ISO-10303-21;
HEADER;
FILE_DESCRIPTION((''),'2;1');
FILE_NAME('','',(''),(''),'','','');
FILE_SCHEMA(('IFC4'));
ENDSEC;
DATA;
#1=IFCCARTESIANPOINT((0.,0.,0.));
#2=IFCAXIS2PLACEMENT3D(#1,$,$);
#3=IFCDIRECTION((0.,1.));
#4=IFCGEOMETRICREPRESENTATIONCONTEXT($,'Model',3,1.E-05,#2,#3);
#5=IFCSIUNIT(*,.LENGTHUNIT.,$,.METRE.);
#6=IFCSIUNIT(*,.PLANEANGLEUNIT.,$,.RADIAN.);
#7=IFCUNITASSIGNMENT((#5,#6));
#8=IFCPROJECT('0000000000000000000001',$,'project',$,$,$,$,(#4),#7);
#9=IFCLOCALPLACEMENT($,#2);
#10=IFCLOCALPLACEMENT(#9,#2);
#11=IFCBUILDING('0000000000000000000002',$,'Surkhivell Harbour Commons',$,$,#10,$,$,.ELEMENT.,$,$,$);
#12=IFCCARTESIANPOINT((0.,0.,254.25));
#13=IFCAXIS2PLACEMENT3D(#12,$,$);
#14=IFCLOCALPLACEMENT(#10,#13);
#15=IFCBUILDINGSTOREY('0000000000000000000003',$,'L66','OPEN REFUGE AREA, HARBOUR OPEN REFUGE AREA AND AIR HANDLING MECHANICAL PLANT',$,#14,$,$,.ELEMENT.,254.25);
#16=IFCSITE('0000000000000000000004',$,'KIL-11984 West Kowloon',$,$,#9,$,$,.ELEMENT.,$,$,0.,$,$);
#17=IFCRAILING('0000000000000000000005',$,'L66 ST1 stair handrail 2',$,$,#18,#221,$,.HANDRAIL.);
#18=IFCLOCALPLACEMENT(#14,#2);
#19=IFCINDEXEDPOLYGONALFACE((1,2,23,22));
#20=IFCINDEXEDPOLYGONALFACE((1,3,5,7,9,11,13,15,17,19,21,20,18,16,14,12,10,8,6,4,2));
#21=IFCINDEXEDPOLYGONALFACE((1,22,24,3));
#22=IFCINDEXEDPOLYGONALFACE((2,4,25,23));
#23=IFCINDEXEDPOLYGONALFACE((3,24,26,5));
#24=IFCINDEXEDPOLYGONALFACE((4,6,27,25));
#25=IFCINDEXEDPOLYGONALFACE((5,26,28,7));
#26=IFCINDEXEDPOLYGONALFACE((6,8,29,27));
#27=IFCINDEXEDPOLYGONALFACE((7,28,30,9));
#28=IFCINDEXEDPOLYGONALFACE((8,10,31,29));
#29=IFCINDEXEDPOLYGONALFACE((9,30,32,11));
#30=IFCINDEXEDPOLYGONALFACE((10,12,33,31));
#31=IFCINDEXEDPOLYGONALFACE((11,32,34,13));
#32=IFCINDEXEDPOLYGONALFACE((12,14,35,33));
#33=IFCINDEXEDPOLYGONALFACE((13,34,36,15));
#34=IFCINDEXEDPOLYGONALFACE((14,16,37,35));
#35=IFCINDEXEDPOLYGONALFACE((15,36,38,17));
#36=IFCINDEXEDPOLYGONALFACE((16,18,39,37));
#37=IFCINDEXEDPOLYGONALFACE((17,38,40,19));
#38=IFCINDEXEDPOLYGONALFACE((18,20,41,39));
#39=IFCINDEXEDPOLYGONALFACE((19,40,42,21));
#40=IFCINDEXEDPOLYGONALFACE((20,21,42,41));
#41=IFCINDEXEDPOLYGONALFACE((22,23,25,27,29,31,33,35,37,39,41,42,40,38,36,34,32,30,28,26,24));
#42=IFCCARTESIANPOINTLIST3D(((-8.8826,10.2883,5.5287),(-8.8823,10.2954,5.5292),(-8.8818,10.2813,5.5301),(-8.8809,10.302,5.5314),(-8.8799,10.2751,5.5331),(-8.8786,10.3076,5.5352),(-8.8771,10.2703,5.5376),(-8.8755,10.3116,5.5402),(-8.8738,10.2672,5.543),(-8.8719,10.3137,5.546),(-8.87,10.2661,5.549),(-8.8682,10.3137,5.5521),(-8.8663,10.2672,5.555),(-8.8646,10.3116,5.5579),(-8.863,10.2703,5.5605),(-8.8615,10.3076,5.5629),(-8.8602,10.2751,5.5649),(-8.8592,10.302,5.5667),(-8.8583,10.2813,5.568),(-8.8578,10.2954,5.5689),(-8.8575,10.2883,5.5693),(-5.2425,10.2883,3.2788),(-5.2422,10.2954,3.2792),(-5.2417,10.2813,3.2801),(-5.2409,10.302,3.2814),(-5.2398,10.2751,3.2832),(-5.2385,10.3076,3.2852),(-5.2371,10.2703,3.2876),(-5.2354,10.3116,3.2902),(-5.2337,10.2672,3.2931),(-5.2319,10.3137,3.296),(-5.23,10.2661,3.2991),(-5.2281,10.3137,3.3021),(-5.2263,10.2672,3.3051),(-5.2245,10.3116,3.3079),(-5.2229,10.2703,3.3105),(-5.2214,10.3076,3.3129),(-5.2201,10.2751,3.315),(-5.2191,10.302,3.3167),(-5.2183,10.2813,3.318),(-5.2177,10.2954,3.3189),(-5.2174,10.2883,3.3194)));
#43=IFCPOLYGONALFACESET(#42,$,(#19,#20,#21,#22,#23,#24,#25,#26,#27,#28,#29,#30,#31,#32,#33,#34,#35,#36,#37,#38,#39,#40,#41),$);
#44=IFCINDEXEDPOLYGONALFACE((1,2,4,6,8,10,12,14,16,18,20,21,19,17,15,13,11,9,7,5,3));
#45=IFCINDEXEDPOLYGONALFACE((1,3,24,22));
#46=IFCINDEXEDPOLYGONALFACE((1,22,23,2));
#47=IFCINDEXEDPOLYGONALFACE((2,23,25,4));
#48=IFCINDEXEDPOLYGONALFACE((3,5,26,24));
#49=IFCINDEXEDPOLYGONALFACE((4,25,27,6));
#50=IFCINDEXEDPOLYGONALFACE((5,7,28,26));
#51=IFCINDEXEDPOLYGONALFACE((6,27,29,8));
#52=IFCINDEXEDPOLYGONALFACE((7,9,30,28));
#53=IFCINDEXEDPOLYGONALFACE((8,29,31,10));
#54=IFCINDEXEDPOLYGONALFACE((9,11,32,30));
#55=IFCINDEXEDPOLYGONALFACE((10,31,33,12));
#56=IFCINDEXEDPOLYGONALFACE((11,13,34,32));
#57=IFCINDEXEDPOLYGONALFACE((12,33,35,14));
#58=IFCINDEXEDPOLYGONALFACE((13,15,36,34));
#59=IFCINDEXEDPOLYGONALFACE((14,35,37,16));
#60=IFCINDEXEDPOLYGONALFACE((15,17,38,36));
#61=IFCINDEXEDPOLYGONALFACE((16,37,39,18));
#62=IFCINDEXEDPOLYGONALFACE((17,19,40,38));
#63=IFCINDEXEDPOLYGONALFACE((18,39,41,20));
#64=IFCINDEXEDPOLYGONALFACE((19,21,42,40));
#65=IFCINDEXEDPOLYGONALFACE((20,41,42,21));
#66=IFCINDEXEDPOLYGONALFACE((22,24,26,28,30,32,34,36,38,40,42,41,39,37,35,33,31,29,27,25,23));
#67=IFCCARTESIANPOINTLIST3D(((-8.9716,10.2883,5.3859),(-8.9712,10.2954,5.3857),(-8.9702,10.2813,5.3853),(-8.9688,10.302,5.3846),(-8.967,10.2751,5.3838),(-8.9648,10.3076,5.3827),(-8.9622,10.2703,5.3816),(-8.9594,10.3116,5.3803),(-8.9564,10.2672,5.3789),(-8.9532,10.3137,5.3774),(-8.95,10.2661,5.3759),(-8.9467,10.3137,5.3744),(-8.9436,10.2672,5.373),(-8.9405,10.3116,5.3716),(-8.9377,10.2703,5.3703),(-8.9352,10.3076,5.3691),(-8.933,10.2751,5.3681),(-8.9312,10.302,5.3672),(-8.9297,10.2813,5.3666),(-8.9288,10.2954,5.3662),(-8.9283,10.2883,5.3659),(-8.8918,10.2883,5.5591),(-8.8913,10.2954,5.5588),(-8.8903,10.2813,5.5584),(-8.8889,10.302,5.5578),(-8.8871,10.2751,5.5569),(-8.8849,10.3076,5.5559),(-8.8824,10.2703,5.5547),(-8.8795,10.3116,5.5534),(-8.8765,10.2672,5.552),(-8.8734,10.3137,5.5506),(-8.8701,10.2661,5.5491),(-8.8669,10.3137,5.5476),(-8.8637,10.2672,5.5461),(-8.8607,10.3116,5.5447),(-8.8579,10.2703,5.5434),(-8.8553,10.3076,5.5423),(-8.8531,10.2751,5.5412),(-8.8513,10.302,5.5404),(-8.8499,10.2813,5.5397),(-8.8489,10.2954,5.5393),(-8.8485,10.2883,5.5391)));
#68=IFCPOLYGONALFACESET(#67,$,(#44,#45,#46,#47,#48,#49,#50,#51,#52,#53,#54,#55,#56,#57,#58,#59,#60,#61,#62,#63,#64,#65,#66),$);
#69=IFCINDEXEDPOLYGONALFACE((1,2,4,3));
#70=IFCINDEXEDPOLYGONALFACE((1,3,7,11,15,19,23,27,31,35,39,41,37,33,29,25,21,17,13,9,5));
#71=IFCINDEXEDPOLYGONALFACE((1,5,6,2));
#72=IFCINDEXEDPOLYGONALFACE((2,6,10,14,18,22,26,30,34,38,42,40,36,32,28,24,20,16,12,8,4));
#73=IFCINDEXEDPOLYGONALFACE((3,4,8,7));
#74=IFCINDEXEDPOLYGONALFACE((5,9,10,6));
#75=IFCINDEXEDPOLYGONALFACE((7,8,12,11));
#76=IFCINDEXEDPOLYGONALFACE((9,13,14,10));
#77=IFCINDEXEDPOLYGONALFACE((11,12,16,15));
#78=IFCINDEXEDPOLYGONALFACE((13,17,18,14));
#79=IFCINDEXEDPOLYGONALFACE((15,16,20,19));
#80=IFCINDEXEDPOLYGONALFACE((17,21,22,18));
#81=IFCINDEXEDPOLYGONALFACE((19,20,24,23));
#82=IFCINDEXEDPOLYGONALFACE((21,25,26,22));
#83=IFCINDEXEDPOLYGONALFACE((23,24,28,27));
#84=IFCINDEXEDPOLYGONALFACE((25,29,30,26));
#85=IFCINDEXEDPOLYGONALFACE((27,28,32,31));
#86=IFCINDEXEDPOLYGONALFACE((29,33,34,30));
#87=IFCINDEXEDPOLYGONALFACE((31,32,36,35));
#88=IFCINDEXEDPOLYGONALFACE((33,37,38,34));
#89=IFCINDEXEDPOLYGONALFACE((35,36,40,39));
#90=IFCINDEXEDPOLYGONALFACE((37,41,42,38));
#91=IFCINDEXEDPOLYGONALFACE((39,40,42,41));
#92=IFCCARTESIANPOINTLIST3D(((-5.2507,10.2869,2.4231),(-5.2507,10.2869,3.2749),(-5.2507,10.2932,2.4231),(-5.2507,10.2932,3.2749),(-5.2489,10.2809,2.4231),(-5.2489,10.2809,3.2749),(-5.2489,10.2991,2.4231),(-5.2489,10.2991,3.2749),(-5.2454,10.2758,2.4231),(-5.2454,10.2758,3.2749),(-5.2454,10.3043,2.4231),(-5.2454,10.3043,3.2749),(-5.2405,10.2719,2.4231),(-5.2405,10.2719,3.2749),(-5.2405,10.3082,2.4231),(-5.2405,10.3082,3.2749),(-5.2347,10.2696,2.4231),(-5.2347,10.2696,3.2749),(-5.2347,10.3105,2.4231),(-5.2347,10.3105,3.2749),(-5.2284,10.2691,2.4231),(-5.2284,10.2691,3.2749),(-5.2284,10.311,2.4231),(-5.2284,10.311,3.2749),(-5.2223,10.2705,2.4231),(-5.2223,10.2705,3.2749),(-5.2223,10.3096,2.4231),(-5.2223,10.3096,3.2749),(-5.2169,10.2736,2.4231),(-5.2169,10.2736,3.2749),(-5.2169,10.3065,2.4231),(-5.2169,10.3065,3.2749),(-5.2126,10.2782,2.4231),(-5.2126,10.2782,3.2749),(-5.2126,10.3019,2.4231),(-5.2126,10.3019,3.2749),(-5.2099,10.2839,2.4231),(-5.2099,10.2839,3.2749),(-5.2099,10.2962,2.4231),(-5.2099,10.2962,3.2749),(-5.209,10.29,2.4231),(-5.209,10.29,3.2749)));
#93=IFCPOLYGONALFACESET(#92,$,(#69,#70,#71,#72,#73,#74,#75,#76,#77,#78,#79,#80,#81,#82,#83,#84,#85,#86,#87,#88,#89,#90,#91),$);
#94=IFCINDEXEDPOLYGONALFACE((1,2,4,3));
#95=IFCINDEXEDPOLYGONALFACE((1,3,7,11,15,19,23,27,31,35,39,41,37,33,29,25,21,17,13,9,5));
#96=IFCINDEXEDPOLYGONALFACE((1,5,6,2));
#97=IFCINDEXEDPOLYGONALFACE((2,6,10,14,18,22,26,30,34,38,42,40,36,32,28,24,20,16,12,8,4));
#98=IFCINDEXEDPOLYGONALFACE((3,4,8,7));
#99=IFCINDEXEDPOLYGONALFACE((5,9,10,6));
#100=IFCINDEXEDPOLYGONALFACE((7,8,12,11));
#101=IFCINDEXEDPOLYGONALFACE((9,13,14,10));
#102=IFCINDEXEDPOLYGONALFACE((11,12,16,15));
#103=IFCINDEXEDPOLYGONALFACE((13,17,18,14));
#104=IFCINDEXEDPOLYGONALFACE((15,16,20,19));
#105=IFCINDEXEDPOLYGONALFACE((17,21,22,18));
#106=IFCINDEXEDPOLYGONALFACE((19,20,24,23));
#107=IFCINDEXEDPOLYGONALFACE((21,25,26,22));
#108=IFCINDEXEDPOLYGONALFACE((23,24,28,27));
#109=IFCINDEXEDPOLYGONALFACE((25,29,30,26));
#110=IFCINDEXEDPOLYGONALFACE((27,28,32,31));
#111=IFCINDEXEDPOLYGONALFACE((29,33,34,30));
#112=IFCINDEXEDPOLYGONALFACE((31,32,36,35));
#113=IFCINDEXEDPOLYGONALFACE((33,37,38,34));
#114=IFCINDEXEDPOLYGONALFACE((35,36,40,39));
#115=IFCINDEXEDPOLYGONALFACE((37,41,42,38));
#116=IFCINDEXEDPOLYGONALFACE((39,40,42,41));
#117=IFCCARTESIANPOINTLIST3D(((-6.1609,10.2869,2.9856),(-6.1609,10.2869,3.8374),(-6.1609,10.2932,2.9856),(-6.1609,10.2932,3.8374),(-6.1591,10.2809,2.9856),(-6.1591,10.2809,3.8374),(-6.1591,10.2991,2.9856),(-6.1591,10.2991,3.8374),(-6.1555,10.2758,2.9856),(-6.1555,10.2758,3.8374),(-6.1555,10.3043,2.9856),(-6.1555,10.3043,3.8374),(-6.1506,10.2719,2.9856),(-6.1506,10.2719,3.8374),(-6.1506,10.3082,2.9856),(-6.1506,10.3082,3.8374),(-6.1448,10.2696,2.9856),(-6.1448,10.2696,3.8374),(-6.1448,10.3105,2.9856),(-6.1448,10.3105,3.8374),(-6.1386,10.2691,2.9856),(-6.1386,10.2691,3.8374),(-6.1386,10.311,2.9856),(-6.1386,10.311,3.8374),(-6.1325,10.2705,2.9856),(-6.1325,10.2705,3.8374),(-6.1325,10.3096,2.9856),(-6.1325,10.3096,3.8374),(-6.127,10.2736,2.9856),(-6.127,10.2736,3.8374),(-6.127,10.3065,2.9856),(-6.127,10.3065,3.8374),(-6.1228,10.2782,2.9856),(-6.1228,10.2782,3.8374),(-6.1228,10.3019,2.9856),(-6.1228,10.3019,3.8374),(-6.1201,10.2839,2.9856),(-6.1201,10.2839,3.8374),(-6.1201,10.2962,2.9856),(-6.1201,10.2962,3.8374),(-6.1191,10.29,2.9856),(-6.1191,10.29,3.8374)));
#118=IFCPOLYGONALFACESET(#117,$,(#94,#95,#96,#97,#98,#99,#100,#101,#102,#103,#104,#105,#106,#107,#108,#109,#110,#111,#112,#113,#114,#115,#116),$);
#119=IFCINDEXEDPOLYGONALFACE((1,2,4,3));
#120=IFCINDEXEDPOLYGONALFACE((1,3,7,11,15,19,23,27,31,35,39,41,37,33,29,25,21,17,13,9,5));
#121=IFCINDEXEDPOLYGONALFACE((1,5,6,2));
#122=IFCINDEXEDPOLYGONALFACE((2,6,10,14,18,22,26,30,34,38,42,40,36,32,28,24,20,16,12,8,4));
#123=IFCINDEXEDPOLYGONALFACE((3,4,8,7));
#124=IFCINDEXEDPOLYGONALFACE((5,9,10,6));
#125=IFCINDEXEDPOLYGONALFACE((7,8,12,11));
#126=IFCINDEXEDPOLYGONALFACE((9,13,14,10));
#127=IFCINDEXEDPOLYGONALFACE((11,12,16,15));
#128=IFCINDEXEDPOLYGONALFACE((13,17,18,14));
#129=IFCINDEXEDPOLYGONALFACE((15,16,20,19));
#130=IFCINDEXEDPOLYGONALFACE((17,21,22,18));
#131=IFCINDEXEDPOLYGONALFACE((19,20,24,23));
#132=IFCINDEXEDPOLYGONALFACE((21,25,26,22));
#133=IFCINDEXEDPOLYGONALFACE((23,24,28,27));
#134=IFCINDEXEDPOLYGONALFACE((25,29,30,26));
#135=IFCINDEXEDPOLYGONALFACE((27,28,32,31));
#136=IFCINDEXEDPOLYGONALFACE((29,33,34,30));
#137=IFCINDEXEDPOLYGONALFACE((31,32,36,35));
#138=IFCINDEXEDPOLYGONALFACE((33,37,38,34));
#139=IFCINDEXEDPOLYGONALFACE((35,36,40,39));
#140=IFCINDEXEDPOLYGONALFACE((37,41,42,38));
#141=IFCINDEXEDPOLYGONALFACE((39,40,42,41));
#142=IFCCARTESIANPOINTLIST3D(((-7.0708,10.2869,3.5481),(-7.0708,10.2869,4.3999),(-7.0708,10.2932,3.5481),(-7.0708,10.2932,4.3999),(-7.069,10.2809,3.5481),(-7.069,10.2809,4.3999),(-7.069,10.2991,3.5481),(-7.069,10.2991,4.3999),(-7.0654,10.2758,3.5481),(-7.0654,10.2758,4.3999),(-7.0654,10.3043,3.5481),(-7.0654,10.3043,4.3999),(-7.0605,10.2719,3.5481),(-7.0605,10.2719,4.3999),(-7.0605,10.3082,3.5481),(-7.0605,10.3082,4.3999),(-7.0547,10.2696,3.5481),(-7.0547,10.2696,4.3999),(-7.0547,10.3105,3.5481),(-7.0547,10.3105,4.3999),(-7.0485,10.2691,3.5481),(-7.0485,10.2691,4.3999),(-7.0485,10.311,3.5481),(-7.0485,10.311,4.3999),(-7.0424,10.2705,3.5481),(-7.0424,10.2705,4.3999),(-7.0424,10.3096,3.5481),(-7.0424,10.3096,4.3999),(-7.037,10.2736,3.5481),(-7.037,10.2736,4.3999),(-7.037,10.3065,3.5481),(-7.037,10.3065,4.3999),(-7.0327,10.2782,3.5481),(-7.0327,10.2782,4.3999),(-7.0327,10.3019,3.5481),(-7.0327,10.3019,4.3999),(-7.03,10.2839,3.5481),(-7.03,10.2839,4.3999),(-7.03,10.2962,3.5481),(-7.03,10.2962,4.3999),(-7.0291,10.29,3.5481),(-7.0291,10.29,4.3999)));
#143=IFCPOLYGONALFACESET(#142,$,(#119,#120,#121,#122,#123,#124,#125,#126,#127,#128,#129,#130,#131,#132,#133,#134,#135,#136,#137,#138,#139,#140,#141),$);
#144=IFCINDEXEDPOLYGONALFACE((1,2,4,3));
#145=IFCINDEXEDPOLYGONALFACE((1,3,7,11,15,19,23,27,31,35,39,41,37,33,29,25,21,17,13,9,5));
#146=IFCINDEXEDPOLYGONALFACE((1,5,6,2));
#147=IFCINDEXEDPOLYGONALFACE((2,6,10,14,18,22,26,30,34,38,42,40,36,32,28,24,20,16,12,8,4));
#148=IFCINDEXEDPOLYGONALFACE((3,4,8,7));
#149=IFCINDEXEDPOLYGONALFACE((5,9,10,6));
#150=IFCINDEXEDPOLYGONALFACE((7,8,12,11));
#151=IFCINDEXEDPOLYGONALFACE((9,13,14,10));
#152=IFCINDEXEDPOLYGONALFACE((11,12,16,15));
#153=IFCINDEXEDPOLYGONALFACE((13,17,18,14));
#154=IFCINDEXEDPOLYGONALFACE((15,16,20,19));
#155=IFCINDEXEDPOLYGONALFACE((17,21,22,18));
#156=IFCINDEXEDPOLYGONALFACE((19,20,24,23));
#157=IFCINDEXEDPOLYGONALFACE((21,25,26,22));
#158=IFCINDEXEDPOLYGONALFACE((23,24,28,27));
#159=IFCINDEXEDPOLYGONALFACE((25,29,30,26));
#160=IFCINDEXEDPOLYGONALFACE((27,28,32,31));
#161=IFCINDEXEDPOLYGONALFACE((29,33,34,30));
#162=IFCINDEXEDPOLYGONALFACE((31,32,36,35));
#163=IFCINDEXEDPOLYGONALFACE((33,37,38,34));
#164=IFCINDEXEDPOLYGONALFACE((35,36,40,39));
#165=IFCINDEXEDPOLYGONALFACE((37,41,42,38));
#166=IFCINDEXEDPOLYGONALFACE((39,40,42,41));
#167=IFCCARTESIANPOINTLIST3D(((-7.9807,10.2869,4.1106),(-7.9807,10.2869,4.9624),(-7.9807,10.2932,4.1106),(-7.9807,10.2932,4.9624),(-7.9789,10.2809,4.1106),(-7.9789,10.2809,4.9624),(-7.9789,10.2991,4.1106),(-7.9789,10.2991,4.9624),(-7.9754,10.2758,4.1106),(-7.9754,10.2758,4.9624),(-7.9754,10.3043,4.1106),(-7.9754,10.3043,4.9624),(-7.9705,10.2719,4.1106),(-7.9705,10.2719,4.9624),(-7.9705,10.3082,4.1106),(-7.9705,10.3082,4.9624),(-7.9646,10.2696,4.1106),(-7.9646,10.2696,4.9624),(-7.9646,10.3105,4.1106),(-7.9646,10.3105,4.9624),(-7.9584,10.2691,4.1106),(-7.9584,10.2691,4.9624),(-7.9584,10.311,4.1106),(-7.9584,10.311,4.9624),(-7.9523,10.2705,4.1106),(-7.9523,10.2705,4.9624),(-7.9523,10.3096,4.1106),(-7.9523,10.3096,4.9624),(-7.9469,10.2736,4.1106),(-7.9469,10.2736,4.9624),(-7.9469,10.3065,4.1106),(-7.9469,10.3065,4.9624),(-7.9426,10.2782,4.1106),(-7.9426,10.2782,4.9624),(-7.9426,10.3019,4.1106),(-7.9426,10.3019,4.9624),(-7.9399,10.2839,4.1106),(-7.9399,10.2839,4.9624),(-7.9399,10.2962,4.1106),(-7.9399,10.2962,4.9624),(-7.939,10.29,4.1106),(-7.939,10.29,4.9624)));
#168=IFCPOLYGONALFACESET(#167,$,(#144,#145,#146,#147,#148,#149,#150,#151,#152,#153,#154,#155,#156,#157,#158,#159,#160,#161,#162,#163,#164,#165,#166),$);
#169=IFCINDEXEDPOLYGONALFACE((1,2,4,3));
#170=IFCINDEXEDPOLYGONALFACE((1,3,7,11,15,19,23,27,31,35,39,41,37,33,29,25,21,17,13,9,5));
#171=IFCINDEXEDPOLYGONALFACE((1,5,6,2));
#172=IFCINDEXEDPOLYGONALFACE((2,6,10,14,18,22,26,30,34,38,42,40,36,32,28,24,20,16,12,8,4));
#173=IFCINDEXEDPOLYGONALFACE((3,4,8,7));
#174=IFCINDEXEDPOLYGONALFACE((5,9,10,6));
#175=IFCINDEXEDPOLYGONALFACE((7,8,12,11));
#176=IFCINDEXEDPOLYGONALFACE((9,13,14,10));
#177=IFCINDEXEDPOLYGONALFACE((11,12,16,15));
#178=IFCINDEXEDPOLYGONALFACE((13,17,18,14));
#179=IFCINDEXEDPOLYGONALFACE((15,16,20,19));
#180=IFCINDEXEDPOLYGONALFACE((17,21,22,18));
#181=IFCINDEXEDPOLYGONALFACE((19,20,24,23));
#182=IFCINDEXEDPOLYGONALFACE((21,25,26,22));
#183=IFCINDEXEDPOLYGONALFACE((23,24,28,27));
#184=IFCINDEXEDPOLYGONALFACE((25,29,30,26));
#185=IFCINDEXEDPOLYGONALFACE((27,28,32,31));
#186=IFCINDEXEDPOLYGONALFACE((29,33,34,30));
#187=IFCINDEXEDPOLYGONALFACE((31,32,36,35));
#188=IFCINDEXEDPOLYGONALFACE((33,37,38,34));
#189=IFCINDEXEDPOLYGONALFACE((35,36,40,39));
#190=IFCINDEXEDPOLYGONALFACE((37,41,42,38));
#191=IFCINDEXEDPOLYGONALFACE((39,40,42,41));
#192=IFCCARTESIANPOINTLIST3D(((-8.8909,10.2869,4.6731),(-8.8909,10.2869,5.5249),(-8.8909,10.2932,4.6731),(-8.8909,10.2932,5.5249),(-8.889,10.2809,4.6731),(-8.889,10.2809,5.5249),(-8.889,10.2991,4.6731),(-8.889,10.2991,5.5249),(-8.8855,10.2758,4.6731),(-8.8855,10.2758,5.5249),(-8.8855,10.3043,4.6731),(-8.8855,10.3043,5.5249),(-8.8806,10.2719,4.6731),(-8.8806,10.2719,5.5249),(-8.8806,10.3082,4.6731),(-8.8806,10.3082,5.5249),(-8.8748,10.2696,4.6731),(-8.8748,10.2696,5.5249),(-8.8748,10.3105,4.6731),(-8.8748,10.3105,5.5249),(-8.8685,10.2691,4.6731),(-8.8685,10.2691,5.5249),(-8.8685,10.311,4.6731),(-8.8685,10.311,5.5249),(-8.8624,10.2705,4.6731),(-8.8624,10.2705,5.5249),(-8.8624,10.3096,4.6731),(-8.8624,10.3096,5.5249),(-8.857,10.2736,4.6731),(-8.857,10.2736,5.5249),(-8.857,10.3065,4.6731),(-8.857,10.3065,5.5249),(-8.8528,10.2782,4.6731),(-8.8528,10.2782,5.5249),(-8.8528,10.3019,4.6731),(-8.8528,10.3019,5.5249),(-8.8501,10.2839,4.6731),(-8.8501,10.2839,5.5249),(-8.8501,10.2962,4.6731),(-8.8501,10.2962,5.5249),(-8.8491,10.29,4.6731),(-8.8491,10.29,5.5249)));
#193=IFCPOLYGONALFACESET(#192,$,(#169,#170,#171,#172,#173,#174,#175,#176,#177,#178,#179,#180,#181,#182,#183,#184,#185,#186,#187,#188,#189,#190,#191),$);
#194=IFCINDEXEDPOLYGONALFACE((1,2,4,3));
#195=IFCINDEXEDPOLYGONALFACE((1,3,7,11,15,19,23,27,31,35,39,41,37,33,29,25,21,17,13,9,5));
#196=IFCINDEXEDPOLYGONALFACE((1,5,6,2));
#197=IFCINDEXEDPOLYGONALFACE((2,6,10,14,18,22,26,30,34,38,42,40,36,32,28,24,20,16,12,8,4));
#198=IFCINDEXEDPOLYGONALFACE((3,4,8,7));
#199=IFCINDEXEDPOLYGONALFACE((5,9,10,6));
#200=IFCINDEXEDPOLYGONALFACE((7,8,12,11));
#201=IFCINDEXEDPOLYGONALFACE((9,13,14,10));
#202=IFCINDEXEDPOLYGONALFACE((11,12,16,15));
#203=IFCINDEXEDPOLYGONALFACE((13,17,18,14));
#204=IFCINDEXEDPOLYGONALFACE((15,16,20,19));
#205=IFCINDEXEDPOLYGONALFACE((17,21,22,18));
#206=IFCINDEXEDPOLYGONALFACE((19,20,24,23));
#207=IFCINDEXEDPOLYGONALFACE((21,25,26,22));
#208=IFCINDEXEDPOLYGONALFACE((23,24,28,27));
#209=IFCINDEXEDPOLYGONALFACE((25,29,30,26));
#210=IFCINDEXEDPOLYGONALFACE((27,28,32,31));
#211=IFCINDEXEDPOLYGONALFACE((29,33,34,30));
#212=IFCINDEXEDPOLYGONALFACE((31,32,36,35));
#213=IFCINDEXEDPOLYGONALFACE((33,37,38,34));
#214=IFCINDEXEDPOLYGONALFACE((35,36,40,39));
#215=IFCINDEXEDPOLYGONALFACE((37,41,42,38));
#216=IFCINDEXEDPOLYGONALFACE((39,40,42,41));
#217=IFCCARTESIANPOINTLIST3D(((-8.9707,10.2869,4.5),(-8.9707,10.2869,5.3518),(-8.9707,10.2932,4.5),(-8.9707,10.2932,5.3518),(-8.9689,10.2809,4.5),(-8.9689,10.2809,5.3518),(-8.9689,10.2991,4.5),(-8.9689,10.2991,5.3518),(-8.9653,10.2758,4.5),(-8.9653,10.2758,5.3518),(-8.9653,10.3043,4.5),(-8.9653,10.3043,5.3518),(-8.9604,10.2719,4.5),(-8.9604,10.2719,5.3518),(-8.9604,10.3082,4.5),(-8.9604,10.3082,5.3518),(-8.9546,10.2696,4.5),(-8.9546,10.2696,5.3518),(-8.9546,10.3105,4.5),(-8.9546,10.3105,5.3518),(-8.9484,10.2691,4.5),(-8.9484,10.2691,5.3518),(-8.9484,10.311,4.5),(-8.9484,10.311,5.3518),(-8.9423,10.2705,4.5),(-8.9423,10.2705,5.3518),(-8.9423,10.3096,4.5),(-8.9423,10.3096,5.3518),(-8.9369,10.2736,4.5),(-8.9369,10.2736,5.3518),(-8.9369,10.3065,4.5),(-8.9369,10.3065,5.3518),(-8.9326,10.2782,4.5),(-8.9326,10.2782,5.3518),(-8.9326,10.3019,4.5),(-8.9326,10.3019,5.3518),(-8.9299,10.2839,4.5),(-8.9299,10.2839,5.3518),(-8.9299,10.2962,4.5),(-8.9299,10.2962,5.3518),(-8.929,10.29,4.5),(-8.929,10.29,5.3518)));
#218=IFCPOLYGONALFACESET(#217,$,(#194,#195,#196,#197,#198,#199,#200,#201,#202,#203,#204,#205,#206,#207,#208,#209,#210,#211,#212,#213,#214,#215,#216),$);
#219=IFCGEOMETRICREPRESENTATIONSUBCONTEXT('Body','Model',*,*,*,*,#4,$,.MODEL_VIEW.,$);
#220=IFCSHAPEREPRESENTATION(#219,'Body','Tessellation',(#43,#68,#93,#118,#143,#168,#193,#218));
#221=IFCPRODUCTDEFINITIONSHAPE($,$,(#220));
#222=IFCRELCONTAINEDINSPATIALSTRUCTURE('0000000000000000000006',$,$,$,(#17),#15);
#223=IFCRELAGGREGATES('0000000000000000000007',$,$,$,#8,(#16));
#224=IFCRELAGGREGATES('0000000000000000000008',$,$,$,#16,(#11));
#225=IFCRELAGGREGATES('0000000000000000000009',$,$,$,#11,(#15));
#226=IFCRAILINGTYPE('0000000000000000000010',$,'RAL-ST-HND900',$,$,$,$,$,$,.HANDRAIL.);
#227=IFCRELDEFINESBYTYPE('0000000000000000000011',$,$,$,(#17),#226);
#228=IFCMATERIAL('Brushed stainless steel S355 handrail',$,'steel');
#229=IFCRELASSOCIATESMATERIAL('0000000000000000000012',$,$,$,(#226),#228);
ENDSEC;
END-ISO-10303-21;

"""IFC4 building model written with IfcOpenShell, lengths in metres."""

from ifc_helpers import new_model, si_unit, direction, frame, origin, origin_2d, place, context, subcontext, project, spatial, circle, extrude, material, type_object, element, save


model = new_model("IFC4")

# Units and contexts
model_context = context("Model", 3, precision=1e-05, world=origin(), true_north=direction((0.0, 1.0)))
body_context = subcontext(model_context, "Body", "Model", "MODEL_VIEW")
ifc_project = project(units=[si_unit("LENGTHUNIT", "METRE"), si_unit("PLANEANGLEUNIT", "RADIAN")], contexts=[model_context])

# Site, building, storey
site_placement = place(None, origin())
site = spatial("IfcSite", under=ifc_project, at=site_placement, Name="KIL-11984 West Kowloon", CompositionType="ELEMENT", RefElevation=0.0)
building_placement = place(site_placement, origin())
building = spatial("IfcBuilding", under=site, at=building_placement, Name="Surkhivell Harbour Commons", CompositionType="ELEMENT")
storey_placement = place(building_placement, frame((0.0, 0.0, 254.25)))
storey = spatial("IfcBuildingStorey", under=building, at=storey_placement, Name="L66", Description="OPEN REFUGE AREA, HARBOUR OPEN REFUGE AREA AND AIR HANDLING MECHANICAL PLANT", CompositionType="ELEMENT", Elevation=254.25)

# Railing
ifc_material_1 = material(Name="Brushed stainless steel S355 handrail", Category="steel")
railing_type_1 = type_object("IfcRailingType", Name="RAL-ST-HND900", PredefinedType="HANDRAIL", material=ifc_material_1)
railing_1_placement = place(storey_placement, frame((-5.23, 10.29, 2.4231)))
element("IfcRailing", 1, at=railing_1_placement, inside=storey, type_object=railing_type_1, Name="L66 ST1 stair handrail 2", PredefinedType="HANDRAIL", context=body_context, shape_type="SweptSolid", body=[
    extrude(circle(Radius=0.0239, at=origin_2d()), frame((0.0, 0.0, 0.876), z_axis=(-0.850622, 0.0, 0.525777), x_axis=(0.0, -1.0, 0.0)), (0.0, 0.0, 1.0), 4.2793),
    extrude(circle(Radius=0.0239, at=origin_2d()), frame((-3.6401, 0.0, 3.126), z_axis=(-0.418815, 0.0, -0.908072), x_axis=(0.0, -1.0, 0.0)), (0.0, 0.0, 1.0), 0.1907),
    extrude(circle(Radius=0.021, at=origin_2d()), origin(), (0.0, 0.0, 1.0), 0.8518),
    extrude(circle(Radius=0.021, at=origin_2d()), frame((-0.9102, 0.0, 0.5625)), (0.0, 0.0, 1.0), 0.8518),
    extrude(circle(Radius=0.021, at=origin_2d()), frame((-1.8201, 0.0, 1.125)), (0.0, 0.0, 1.0), 0.8518),
    extrude(circle(Radius=0.021, at=origin_2d()), frame((-2.73, 0.0, 1.6875)), (0.0, 0.0, 1.0), 0.8518),
    extrude(circle(Radius=0.021, at=origin_2d()), frame((-3.6401, 0.0, 2.25)), (0.0, 0.0, 1.0), 0.8518),
    extrude(circle(Radius=0.021, at=origin_2d()), frame((-3.72, 0.0, 2.0769)), (0.0, 0.0, 1.0), 0.8518),
])

save(model, "model.ifc")
